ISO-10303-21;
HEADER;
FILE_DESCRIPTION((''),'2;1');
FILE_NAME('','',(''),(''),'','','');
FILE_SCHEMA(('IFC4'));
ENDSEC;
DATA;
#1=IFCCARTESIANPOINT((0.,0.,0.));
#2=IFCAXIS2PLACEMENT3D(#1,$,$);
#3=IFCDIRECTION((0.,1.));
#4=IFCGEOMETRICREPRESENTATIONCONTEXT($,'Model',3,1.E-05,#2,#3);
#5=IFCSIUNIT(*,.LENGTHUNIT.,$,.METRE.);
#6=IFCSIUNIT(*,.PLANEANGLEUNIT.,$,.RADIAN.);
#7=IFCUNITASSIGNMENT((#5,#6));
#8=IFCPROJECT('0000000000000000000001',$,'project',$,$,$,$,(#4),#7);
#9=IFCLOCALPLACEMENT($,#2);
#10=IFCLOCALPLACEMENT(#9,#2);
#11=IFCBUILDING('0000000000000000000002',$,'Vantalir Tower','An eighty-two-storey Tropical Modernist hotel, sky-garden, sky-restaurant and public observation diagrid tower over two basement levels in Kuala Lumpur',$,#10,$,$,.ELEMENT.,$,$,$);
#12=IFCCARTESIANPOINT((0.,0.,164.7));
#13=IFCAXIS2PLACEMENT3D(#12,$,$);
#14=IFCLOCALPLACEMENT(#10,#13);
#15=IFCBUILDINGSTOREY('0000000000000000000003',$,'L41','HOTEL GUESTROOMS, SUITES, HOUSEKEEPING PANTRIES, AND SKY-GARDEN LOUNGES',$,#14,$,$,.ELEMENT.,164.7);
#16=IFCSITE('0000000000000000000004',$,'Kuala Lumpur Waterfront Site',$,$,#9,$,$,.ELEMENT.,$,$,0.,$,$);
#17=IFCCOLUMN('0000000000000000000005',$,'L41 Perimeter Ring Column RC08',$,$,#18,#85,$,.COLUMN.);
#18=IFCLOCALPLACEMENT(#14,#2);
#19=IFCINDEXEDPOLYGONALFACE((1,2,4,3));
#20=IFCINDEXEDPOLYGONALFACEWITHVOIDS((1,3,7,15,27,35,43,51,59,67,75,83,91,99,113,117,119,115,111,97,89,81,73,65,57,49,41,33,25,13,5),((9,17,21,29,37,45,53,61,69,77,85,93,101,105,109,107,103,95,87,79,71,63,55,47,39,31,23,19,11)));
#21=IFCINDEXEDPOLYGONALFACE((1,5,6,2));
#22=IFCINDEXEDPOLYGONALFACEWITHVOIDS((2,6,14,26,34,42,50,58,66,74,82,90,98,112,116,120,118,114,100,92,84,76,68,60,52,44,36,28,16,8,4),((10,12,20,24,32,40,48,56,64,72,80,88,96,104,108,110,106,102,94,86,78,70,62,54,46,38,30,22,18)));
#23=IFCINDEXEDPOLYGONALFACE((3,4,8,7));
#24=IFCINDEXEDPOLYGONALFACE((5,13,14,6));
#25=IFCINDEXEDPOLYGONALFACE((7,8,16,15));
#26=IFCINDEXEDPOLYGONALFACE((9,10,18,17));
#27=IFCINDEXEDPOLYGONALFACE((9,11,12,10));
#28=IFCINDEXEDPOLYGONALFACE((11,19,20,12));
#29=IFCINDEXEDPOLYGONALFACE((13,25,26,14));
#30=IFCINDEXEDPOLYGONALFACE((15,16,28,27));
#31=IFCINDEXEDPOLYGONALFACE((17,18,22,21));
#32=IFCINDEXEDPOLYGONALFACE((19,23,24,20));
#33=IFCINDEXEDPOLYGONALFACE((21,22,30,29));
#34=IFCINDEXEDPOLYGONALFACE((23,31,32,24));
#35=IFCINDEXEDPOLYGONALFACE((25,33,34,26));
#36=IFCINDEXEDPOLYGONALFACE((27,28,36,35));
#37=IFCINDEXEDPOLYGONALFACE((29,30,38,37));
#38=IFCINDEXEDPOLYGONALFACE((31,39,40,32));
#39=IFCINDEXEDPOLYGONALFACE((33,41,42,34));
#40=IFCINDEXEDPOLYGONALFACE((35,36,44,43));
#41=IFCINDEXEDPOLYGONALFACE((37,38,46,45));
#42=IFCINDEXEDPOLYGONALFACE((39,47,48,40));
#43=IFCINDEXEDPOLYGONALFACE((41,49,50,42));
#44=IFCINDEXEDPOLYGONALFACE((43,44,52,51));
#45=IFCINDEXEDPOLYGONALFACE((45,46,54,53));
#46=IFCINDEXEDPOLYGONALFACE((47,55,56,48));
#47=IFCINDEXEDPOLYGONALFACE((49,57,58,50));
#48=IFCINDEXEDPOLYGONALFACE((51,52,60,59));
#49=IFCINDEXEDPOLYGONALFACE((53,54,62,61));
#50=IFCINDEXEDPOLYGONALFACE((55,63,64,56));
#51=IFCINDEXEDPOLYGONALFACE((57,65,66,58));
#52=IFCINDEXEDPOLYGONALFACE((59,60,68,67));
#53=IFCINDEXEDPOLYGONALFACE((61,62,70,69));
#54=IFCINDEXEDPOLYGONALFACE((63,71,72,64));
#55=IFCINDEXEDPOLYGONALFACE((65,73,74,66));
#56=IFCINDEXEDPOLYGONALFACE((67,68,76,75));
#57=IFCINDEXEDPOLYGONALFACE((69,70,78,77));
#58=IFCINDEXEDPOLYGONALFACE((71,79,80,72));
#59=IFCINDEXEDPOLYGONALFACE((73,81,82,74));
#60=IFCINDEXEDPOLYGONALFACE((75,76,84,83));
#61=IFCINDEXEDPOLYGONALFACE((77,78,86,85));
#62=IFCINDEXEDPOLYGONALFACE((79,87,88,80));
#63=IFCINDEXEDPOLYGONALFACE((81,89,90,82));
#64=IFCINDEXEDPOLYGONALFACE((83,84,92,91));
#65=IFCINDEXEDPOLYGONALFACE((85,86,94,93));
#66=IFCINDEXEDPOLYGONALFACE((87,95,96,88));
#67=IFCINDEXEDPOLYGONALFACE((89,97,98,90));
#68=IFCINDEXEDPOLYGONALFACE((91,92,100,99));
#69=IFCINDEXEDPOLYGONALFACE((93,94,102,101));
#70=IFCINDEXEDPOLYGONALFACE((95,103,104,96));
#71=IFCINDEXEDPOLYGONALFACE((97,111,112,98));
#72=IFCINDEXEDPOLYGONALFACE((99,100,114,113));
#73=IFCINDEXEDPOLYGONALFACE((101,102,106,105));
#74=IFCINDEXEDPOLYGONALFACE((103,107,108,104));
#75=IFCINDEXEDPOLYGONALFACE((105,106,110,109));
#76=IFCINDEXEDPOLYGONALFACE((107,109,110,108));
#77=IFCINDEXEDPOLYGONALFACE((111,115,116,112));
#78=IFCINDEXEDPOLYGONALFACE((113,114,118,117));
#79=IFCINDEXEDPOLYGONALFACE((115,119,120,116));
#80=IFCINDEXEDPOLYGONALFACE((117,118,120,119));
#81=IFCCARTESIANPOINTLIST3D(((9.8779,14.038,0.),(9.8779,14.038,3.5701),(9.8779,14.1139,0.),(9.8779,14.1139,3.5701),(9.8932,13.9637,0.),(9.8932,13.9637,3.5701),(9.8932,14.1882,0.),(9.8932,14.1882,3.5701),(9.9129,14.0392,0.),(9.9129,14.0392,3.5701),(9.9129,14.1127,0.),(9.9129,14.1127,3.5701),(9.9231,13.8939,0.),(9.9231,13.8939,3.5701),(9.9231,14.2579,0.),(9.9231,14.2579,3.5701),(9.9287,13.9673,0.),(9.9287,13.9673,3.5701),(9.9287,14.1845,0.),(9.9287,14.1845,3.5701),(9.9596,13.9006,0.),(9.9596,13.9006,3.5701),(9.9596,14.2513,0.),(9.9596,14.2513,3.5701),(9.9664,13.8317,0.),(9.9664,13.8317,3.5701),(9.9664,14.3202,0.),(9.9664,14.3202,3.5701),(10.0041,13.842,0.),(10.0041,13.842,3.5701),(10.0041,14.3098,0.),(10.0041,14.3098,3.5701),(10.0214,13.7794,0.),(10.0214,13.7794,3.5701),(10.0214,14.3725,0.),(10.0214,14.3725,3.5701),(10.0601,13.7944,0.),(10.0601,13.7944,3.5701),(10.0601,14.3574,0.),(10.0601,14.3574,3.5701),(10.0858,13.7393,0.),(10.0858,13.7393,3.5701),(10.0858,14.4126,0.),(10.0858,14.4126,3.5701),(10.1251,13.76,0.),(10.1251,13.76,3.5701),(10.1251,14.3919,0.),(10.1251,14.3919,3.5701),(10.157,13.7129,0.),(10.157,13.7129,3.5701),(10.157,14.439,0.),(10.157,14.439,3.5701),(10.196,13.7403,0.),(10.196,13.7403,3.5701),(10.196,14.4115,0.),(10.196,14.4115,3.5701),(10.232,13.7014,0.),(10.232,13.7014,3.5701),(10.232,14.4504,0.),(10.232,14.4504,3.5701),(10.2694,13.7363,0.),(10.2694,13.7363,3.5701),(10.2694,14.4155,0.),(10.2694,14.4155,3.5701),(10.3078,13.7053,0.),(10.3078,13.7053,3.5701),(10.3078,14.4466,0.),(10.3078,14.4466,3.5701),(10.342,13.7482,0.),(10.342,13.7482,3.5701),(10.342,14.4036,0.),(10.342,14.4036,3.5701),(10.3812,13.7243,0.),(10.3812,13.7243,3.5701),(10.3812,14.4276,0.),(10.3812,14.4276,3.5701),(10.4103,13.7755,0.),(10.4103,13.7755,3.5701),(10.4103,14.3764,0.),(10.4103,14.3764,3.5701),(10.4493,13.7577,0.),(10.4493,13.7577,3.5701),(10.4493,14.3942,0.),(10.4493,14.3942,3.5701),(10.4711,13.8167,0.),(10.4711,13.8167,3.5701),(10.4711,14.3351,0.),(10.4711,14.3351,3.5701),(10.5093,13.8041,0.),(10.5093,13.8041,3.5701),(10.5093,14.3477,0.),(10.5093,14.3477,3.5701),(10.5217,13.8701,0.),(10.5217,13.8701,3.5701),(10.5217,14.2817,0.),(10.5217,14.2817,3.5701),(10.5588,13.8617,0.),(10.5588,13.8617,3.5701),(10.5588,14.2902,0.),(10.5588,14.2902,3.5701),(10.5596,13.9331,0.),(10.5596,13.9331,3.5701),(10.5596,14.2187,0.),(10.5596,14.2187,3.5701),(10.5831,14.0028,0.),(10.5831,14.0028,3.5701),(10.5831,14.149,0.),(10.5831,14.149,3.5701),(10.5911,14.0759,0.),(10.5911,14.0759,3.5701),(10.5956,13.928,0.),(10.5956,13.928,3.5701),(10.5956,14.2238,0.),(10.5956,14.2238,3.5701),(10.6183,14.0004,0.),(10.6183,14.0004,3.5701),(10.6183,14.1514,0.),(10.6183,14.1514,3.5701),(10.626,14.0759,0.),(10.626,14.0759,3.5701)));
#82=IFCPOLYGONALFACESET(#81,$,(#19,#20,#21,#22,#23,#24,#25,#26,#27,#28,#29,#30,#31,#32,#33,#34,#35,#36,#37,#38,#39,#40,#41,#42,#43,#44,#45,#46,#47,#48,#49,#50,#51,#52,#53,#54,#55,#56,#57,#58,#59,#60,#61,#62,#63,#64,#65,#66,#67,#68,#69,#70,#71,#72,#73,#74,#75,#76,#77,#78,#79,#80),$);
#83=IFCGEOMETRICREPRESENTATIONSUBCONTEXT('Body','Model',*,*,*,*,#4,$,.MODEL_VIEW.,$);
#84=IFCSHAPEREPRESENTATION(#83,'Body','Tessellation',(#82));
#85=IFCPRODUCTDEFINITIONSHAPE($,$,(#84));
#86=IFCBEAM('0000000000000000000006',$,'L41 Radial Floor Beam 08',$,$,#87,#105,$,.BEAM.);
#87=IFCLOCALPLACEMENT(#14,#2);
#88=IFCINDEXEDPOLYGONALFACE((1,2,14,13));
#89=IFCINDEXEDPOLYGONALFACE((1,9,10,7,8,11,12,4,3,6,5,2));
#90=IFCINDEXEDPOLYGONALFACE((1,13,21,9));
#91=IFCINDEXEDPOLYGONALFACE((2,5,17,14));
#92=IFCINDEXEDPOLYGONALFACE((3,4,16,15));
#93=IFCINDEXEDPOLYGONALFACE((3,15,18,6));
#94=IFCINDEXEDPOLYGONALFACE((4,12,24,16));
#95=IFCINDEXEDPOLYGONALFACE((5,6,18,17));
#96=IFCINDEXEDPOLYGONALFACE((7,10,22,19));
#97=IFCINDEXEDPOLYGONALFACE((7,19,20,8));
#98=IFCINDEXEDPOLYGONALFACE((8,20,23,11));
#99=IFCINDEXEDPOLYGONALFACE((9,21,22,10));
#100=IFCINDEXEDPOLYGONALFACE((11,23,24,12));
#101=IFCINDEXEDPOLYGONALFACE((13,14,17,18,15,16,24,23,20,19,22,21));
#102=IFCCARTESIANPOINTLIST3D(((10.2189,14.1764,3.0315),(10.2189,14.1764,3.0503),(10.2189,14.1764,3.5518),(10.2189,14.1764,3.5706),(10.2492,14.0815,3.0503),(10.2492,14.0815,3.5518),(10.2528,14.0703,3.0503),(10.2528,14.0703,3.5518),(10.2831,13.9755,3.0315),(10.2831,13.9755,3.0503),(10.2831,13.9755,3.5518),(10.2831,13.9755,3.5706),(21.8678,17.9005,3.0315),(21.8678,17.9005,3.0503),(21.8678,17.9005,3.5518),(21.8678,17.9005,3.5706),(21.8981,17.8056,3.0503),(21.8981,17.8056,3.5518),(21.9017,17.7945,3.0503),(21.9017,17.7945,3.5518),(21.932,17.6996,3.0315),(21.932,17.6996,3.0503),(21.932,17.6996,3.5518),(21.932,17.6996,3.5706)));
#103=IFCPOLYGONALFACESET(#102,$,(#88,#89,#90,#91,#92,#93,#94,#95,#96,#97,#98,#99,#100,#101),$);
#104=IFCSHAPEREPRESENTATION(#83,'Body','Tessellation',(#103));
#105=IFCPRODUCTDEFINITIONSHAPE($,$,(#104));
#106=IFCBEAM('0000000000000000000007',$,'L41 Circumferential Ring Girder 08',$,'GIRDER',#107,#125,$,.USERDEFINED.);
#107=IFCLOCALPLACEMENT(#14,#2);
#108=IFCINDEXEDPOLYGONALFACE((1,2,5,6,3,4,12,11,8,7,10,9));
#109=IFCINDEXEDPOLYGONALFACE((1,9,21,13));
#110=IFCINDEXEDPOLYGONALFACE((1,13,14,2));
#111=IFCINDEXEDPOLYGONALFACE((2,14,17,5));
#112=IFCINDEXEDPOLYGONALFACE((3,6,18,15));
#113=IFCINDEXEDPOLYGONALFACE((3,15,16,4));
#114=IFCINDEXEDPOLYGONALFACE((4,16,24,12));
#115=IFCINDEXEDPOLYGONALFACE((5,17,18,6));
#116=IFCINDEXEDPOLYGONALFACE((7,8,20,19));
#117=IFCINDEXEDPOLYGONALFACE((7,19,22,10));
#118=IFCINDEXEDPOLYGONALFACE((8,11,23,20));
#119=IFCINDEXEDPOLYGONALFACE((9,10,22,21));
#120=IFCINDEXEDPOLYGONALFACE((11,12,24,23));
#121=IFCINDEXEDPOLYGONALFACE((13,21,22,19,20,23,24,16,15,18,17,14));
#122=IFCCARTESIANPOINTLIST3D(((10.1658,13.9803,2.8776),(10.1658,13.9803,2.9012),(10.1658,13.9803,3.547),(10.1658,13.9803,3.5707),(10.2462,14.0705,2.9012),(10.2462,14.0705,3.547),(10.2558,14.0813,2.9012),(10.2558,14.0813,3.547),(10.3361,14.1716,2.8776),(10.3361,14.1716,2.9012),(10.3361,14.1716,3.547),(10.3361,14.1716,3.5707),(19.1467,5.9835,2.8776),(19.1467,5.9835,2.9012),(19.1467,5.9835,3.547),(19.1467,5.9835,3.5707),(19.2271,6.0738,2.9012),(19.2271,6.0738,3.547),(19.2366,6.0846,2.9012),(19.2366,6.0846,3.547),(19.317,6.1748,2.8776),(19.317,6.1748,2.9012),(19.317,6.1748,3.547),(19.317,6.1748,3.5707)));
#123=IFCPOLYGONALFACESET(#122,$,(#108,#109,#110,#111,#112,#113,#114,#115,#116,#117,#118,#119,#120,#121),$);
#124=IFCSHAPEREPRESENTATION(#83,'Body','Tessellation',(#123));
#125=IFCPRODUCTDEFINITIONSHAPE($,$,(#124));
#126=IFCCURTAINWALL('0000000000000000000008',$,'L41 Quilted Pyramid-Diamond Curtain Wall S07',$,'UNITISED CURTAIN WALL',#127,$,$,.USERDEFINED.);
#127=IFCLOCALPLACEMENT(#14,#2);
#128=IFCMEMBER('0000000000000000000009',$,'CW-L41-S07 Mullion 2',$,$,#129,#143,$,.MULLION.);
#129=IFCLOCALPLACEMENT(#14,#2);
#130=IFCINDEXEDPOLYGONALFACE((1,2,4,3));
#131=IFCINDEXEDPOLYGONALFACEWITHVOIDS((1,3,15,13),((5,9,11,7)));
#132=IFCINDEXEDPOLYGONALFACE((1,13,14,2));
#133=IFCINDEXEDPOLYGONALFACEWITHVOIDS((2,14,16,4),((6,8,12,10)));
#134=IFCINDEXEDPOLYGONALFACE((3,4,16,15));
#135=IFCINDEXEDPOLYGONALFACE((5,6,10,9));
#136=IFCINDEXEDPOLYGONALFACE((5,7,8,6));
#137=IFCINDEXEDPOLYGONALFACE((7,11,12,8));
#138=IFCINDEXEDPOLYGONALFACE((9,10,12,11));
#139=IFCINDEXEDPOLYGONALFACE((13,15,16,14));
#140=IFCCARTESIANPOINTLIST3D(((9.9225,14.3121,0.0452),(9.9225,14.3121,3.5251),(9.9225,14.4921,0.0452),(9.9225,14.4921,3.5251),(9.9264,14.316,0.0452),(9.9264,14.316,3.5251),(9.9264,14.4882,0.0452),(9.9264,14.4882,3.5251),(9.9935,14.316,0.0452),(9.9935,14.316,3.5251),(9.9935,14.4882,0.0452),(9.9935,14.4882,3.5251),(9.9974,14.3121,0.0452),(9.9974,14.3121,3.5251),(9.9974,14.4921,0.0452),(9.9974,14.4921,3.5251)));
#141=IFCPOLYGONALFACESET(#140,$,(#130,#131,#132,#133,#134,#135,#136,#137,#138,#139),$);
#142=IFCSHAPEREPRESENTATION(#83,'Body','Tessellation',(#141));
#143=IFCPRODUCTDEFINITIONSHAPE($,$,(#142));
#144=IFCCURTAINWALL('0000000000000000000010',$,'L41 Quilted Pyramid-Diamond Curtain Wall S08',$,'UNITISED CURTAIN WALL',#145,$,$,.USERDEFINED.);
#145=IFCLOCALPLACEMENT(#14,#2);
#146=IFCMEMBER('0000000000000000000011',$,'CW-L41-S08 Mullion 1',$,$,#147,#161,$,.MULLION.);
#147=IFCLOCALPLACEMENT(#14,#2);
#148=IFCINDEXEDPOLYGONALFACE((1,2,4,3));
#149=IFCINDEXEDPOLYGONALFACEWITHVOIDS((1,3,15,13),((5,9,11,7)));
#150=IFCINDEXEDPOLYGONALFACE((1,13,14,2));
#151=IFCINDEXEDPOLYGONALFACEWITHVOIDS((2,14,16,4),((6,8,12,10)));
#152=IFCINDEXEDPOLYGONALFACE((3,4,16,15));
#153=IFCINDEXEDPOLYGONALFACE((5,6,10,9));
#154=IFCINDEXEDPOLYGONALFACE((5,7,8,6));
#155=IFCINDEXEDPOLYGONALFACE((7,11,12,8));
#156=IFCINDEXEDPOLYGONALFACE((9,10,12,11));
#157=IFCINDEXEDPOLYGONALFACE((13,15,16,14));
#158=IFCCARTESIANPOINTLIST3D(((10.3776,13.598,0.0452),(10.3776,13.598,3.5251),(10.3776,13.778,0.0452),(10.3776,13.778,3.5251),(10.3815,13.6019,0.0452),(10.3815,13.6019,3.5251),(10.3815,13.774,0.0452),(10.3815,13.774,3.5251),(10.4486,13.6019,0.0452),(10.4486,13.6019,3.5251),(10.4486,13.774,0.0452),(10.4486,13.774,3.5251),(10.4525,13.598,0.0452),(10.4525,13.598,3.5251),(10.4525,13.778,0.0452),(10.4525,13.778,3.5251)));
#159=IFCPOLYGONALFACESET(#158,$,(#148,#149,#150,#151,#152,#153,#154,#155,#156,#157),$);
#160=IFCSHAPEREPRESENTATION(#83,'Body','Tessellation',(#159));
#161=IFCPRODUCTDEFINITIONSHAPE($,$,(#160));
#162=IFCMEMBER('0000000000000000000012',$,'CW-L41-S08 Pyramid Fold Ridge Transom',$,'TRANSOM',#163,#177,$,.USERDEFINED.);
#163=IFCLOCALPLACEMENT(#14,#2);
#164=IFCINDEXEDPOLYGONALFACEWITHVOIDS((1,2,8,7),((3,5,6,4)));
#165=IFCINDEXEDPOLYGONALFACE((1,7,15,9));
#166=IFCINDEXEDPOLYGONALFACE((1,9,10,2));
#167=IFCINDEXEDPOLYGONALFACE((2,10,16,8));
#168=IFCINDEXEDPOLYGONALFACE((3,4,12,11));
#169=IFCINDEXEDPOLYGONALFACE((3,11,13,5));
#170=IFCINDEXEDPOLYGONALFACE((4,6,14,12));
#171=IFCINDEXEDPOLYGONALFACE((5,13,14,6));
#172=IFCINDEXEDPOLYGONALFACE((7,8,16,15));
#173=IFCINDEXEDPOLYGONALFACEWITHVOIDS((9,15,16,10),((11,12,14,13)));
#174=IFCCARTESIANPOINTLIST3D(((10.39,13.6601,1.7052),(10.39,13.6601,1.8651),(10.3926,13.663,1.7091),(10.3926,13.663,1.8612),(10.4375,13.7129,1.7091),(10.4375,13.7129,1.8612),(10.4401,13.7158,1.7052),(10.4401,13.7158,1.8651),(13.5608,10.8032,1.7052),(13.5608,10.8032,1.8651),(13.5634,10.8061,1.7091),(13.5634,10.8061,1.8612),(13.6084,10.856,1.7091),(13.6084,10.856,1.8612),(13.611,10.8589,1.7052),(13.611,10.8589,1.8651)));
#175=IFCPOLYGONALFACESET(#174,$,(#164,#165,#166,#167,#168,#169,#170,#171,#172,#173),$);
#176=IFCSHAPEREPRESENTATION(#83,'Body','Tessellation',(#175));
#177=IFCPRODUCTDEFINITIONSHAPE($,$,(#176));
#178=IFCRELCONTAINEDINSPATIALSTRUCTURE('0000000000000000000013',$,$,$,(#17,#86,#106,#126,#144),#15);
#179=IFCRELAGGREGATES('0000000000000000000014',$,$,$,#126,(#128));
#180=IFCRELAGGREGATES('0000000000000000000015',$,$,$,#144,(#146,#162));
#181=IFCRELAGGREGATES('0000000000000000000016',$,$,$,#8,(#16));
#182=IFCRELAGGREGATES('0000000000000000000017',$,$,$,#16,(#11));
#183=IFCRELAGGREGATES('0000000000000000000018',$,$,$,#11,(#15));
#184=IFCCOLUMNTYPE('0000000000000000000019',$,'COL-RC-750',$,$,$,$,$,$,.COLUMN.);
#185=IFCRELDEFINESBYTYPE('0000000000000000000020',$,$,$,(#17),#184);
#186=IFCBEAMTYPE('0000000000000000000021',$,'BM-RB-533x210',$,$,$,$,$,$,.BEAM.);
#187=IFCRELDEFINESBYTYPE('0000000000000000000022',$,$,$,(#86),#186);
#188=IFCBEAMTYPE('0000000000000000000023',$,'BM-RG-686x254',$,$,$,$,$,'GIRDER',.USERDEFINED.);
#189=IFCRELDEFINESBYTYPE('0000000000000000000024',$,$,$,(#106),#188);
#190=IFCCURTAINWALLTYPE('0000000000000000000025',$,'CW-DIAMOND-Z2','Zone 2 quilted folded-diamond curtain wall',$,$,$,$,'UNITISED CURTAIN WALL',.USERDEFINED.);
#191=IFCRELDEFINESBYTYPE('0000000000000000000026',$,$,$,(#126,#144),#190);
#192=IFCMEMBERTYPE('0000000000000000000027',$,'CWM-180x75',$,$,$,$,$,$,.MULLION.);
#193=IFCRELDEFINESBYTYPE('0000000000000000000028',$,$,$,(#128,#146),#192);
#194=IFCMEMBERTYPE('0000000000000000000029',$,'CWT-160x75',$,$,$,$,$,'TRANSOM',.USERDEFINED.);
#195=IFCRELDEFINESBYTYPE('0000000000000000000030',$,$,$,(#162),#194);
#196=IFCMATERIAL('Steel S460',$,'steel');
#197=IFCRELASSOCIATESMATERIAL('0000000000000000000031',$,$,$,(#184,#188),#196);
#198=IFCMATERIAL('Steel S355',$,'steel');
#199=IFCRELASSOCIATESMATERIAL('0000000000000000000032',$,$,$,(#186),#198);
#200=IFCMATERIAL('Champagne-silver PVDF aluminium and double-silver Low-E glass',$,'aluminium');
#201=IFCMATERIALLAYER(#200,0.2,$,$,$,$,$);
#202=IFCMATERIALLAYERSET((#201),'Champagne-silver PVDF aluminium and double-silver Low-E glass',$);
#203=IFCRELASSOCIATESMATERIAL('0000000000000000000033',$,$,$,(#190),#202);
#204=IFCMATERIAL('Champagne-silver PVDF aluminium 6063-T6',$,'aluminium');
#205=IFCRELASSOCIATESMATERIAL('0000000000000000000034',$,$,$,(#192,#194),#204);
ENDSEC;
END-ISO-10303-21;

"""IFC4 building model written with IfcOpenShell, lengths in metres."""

from ifc_helpers import new_model, si_unit, direction, frame, origin, origin_2d, place, context, subcontext, project, spatial, hollow_rectangle, hollow_circle, i_section, extrude, material, layer, layer_set, material_profile, profile_set, type_object, element, aggregate, save


model = new_model("IFC4")

# Units and contexts
model_context = context("Model", 3, precision=1e-05, world=origin(), true_north=direction((0.0, 1.0)))
body_context = subcontext(model_context, "Body", "Model", "MODEL_VIEW")
ifc_project = project(units=[si_unit("LENGTHUNIT", "METRE"), si_unit("PLANEANGLEUNIT", "RADIAN")], contexts=[model_context])

# Site, building, storey
site_placement = place(None, origin())
site = spatial("IfcSite", under=ifc_project, at=site_placement, Name="Kuala Lumpur Waterfront Site", CompositionType="ELEMENT", RefElevation=0.0)
building_placement = place(site_placement, origin())
building = spatial("IfcBuilding", under=site, at=building_placement, Name="Vantalir Tower", Description="An eighty-two-storey Tropical Modernist hotel, sky-garden, sky-restaurant and public observation diagrid tower over two basement levels in Kuala Lumpur", CompositionType="ELEMENT")
storey_placement = place(building_placement, frame((0.0, 0.0, 164.7)))
storey = spatial("IfcBuildingStorey", under=building, at=storey_placement, Name="L41", Description="HOTEL GUESTROOMS, SUITES, HOUSEKEEPING PANTRIES, AND SKY-GARDEN LOUNGES", CompositionType="ELEMENT", Elevation=164.7)

# Column
ifc_material_1 = material(Name="Steel S460", Category="steel")
ifc_material_profile_1 = material_profile(ifc_material_1, hollow_circle(Radius=0.375, WallThickness=0.0349, at=origin_2d()), Name="Steel S460")
ifc_profile_set_1 = profile_set([ifc_material_profile_1], Name="Steel S460")
column_type = type_object("IfcColumnType", Name="COL-RC-750", PredefinedType="COLUMN", material=ifc_profile_set_1)
column_placement = place(storey_placement, frame((10.251, 14.0759, 0.0), z_axis=(0.0, 0.0, 1.0), x_axis=(1.0, 0.0, 0.0)))
element("IfcColumn", 1, at=column_placement, inside=storey, type_object=column_type, Name="L41 Perimeter Ring Column RC08", PredefinedType="COLUMN", context=body_context, shape_type="SweptSolid", body=[
    extrude(hollow_circle(Radius=0.375, WallThickness=0.0349, at=origin_2d()), origin(), (0.0, 0.0, 1.0), 3.5701),
])

# Beams
ifc_material_2 = material(Name="Steel S355", Category="steel")
ifc_material_profile_2 = material_profile(ifc_material_2, i_section(OverallWidth=0.2109, OverallDepth=0.5391, WebThickness=0.0117, FlangeThickness=0.0188, at=origin_2d()), Name="Steel S355")
ifc_profile_set_2 = profile_set([ifc_material_profile_2], Name="Steel S355")
beam_type_1 = type_object("IfcBeamType", Name="BM-RB-533x210", PredefinedType="BEAM", material=ifc_profile_set_2)
beam_1_placement = place(storey_placement, frame((10.251, 14.0759, 3.301), z_axis=(0.952508, 0.304514, 0.0), x_axis=(-0.304514, 0.952508, 0.0)))
element("IfcBeam", 2, at=beam_1_placement, inside=storey, type_object=beam_type_1, Name="L41 Radial Floor Beam 08", PredefinedType="BEAM", context=body_context, shape_type="SweptSolid", body=[
    extrude(i_section(OverallWidth=0.2109, OverallDepth=0.5391, WebThickness=0.0117, FlangeThickness=0.0188, at=origin_2d()), origin(), (0.0, 0.0, 1.0), 12.2297),
])
ifc_material_profile_3 = material_profile(ifc_material_1, i_section(OverallWidth=0.2561, OverallDepth=0.6931, WebThickness=0.0144, FlangeThickness=0.0237, at=origin_2d()), Name="Steel S460")
ifc_profile_set_3 = profile_set([ifc_material_profile_3], Name="Steel S460")
beam_type_2 = type_object("IfcBeamType", Name="BM-RG-686x254", ElementType="GIRDER", PredefinedType="USERDEFINED", material=ifc_profile_set_3)
beam_2_placement = place(storey_placement, frame((10.251, 14.0759, 3.2241), z_axis=(0.746841, -0.665002, 0.0), x_axis=(0.665002, 0.746841, 0.0)))
element("IfcBeam", 3, at=beam_2_placement, inside=storey, type_object=beam_type_2, Name="L41 Circumferential Ring Girder 08", ObjectType="GIRDER", PredefinedType="USERDEFINED", context=body_context, shape_type="SweptSolid", body=[
    extrude(i_section(OverallWidth=0.2561, OverallDepth=0.6931, WebThickness=0.0144, FlangeThickness=0.0237, at=origin_2d()), origin(), (0.0, 0.0, 1.0), 12.0251),
])

# Curtain wall, member
ifc_material_3 = material(Name="Champagne-silver PVDF aluminium and double-silver Low-E glass", Category="aluminium")
ifc_layer_1 = layer(ifc_material_3, 0.2)
ifc_layer_set_1 = layer_set([ifc_layer_1], Name="Champagne-silver PVDF aluminium and double-silver Low-E glass")
curtain_wall_type = type_object("IfcCurtainWallType", Name="CW-DIAMOND-Z2", Description="Zone 2 quilted folded-diamond curtain wall", ElementType="UNITISED CURTAIN WALL", PredefinedType="USERDEFINED", material=ifc_layer_set_1)
curtain_wall_1_placement = place(storey_placement, origin())
curtain_wall_1 = element("IfcCurtainWall", 4, at=curtain_wall_1_placement, inside=storey, type_object=curtain_wall_type, Name="L41 Quilted Pyramid-Diamond Curtain Wall S07", ObjectType="UNITISED CURTAIN WALL", PredefinedType="USERDEFINED")
ifc_material_4 = material(Name="Champagne-silver PVDF aluminium 6063-T6", Category="aluminium")
ifc_material_profile_4 = material_profile(ifc_material_4, hollow_rectangle(XDim=0.075, YDim=0.1799, WallThickness=0.0039, at=origin_2d()), Name="Champagne-silver PVDF aluminium 6063-T6")
ifc_profile_set_4 = profile_set([ifc_material_profile_4], Name="Champagne-silver PVDF aluminium 6063-T6")
member_type_1 = type_object("IfcMemberType", Name="CWM-180x75", PredefinedType="MULLION", material=ifc_profile_set_4)
member_1_placement = place(storey_placement, frame((9.96, 14.4021, 0.0452), z_axis=(0.0, 0.0, 1.0), x_axis=(1.0, 0.0, 0.0)))
member_1 = element("IfcMember", 5, at=member_1_placement, type_object=member_type_1, Name="CW-L41-S07 Mullion 2", PredefinedType="MULLION", context=body_context, shape_type="SweptSolid", body=[
    extrude(hollow_rectangle(XDim=0.075, YDim=0.1799, WallThickness=0.0039, at=origin_2d()), origin(), (0.0, 0.0, 1.0), 3.48),
])

# Curtain wall, members
curtain_wall_2_placement = place(storey_placement, origin())
curtain_wall_2 = element("IfcCurtainWall", 6, at=curtain_wall_2_placement, inside=storey, type_object=curtain_wall_type, Name="L41 Quilted Pyramid-Diamond Curtain Wall S08", ObjectType="UNITISED CURTAIN WALL", PredefinedType="USERDEFINED")
member_2_placement = place(storey_placement, frame((10.415, 13.688, 0.0452), z_axis=(0.0, 0.0, 1.0), x_axis=(1.0, 0.0, 0.0)))
member_2 = element("IfcMember", 7, at=member_2_placement, type_object=member_type_1, Name="CW-L41-S08 Mullion 1", PredefinedType="MULLION", context=body_context, shape_type="SweptSolid", body=[
    extrude(hollow_rectangle(XDim=0.075, YDim=0.1799, WallThickness=0.0039, at=origin_2d()), origin(), (0.0, 0.0, 1.0), 3.48),
])
ifc_material_profile_5 = material_profile(ifc_material_4, hollow_rectangle(XDim=0.075, YDim=0.1599, WallThickness=0.0039, at=origin_2d()), Name="Champagne-silver PVDF aluminium 6063-T6")
ifc_profile_set_5 = profile_set([ifc_material_profile_5], Name="Champagne-silver PVDF aluminium 6063-T6")
member_type_2 = type_object("IfcMemberType", Name="CWT-160x75", ElementType="TRANSOM", PredefinedType="USERDEFINED", material=ifc_profile_set_5)
member_3_placement = place(storey_placement, frame((10.415, 13.688, 1.7852), z_axis=(0.74293, -0.669369, 0.0), x_axis=(0.669369, 0.74293, 0.0)))
member_3 = element("IfcMember", 8, at=member_3_placement, type_object=member_type_2, Name="CW-L41-S08 Pyramid Fold Ridge Transom", ObjectType="TRANSOM", PredefinedType="USERDEFINED", context=body_context, shape_type="SweptSolid", body=[
    extrude(hollow_rectangle(XDim=0.075, YDim=0.1599, WallThickness=0.0039, at=origin_2d()), origin(), (0.0, 0.0, 1.0), 4.2681),
])

aggregate(curtain_wall_1, [member_1])
aggregate(curtain_wall_2, [member_2, member_3])

save(model, "model.ifc")
